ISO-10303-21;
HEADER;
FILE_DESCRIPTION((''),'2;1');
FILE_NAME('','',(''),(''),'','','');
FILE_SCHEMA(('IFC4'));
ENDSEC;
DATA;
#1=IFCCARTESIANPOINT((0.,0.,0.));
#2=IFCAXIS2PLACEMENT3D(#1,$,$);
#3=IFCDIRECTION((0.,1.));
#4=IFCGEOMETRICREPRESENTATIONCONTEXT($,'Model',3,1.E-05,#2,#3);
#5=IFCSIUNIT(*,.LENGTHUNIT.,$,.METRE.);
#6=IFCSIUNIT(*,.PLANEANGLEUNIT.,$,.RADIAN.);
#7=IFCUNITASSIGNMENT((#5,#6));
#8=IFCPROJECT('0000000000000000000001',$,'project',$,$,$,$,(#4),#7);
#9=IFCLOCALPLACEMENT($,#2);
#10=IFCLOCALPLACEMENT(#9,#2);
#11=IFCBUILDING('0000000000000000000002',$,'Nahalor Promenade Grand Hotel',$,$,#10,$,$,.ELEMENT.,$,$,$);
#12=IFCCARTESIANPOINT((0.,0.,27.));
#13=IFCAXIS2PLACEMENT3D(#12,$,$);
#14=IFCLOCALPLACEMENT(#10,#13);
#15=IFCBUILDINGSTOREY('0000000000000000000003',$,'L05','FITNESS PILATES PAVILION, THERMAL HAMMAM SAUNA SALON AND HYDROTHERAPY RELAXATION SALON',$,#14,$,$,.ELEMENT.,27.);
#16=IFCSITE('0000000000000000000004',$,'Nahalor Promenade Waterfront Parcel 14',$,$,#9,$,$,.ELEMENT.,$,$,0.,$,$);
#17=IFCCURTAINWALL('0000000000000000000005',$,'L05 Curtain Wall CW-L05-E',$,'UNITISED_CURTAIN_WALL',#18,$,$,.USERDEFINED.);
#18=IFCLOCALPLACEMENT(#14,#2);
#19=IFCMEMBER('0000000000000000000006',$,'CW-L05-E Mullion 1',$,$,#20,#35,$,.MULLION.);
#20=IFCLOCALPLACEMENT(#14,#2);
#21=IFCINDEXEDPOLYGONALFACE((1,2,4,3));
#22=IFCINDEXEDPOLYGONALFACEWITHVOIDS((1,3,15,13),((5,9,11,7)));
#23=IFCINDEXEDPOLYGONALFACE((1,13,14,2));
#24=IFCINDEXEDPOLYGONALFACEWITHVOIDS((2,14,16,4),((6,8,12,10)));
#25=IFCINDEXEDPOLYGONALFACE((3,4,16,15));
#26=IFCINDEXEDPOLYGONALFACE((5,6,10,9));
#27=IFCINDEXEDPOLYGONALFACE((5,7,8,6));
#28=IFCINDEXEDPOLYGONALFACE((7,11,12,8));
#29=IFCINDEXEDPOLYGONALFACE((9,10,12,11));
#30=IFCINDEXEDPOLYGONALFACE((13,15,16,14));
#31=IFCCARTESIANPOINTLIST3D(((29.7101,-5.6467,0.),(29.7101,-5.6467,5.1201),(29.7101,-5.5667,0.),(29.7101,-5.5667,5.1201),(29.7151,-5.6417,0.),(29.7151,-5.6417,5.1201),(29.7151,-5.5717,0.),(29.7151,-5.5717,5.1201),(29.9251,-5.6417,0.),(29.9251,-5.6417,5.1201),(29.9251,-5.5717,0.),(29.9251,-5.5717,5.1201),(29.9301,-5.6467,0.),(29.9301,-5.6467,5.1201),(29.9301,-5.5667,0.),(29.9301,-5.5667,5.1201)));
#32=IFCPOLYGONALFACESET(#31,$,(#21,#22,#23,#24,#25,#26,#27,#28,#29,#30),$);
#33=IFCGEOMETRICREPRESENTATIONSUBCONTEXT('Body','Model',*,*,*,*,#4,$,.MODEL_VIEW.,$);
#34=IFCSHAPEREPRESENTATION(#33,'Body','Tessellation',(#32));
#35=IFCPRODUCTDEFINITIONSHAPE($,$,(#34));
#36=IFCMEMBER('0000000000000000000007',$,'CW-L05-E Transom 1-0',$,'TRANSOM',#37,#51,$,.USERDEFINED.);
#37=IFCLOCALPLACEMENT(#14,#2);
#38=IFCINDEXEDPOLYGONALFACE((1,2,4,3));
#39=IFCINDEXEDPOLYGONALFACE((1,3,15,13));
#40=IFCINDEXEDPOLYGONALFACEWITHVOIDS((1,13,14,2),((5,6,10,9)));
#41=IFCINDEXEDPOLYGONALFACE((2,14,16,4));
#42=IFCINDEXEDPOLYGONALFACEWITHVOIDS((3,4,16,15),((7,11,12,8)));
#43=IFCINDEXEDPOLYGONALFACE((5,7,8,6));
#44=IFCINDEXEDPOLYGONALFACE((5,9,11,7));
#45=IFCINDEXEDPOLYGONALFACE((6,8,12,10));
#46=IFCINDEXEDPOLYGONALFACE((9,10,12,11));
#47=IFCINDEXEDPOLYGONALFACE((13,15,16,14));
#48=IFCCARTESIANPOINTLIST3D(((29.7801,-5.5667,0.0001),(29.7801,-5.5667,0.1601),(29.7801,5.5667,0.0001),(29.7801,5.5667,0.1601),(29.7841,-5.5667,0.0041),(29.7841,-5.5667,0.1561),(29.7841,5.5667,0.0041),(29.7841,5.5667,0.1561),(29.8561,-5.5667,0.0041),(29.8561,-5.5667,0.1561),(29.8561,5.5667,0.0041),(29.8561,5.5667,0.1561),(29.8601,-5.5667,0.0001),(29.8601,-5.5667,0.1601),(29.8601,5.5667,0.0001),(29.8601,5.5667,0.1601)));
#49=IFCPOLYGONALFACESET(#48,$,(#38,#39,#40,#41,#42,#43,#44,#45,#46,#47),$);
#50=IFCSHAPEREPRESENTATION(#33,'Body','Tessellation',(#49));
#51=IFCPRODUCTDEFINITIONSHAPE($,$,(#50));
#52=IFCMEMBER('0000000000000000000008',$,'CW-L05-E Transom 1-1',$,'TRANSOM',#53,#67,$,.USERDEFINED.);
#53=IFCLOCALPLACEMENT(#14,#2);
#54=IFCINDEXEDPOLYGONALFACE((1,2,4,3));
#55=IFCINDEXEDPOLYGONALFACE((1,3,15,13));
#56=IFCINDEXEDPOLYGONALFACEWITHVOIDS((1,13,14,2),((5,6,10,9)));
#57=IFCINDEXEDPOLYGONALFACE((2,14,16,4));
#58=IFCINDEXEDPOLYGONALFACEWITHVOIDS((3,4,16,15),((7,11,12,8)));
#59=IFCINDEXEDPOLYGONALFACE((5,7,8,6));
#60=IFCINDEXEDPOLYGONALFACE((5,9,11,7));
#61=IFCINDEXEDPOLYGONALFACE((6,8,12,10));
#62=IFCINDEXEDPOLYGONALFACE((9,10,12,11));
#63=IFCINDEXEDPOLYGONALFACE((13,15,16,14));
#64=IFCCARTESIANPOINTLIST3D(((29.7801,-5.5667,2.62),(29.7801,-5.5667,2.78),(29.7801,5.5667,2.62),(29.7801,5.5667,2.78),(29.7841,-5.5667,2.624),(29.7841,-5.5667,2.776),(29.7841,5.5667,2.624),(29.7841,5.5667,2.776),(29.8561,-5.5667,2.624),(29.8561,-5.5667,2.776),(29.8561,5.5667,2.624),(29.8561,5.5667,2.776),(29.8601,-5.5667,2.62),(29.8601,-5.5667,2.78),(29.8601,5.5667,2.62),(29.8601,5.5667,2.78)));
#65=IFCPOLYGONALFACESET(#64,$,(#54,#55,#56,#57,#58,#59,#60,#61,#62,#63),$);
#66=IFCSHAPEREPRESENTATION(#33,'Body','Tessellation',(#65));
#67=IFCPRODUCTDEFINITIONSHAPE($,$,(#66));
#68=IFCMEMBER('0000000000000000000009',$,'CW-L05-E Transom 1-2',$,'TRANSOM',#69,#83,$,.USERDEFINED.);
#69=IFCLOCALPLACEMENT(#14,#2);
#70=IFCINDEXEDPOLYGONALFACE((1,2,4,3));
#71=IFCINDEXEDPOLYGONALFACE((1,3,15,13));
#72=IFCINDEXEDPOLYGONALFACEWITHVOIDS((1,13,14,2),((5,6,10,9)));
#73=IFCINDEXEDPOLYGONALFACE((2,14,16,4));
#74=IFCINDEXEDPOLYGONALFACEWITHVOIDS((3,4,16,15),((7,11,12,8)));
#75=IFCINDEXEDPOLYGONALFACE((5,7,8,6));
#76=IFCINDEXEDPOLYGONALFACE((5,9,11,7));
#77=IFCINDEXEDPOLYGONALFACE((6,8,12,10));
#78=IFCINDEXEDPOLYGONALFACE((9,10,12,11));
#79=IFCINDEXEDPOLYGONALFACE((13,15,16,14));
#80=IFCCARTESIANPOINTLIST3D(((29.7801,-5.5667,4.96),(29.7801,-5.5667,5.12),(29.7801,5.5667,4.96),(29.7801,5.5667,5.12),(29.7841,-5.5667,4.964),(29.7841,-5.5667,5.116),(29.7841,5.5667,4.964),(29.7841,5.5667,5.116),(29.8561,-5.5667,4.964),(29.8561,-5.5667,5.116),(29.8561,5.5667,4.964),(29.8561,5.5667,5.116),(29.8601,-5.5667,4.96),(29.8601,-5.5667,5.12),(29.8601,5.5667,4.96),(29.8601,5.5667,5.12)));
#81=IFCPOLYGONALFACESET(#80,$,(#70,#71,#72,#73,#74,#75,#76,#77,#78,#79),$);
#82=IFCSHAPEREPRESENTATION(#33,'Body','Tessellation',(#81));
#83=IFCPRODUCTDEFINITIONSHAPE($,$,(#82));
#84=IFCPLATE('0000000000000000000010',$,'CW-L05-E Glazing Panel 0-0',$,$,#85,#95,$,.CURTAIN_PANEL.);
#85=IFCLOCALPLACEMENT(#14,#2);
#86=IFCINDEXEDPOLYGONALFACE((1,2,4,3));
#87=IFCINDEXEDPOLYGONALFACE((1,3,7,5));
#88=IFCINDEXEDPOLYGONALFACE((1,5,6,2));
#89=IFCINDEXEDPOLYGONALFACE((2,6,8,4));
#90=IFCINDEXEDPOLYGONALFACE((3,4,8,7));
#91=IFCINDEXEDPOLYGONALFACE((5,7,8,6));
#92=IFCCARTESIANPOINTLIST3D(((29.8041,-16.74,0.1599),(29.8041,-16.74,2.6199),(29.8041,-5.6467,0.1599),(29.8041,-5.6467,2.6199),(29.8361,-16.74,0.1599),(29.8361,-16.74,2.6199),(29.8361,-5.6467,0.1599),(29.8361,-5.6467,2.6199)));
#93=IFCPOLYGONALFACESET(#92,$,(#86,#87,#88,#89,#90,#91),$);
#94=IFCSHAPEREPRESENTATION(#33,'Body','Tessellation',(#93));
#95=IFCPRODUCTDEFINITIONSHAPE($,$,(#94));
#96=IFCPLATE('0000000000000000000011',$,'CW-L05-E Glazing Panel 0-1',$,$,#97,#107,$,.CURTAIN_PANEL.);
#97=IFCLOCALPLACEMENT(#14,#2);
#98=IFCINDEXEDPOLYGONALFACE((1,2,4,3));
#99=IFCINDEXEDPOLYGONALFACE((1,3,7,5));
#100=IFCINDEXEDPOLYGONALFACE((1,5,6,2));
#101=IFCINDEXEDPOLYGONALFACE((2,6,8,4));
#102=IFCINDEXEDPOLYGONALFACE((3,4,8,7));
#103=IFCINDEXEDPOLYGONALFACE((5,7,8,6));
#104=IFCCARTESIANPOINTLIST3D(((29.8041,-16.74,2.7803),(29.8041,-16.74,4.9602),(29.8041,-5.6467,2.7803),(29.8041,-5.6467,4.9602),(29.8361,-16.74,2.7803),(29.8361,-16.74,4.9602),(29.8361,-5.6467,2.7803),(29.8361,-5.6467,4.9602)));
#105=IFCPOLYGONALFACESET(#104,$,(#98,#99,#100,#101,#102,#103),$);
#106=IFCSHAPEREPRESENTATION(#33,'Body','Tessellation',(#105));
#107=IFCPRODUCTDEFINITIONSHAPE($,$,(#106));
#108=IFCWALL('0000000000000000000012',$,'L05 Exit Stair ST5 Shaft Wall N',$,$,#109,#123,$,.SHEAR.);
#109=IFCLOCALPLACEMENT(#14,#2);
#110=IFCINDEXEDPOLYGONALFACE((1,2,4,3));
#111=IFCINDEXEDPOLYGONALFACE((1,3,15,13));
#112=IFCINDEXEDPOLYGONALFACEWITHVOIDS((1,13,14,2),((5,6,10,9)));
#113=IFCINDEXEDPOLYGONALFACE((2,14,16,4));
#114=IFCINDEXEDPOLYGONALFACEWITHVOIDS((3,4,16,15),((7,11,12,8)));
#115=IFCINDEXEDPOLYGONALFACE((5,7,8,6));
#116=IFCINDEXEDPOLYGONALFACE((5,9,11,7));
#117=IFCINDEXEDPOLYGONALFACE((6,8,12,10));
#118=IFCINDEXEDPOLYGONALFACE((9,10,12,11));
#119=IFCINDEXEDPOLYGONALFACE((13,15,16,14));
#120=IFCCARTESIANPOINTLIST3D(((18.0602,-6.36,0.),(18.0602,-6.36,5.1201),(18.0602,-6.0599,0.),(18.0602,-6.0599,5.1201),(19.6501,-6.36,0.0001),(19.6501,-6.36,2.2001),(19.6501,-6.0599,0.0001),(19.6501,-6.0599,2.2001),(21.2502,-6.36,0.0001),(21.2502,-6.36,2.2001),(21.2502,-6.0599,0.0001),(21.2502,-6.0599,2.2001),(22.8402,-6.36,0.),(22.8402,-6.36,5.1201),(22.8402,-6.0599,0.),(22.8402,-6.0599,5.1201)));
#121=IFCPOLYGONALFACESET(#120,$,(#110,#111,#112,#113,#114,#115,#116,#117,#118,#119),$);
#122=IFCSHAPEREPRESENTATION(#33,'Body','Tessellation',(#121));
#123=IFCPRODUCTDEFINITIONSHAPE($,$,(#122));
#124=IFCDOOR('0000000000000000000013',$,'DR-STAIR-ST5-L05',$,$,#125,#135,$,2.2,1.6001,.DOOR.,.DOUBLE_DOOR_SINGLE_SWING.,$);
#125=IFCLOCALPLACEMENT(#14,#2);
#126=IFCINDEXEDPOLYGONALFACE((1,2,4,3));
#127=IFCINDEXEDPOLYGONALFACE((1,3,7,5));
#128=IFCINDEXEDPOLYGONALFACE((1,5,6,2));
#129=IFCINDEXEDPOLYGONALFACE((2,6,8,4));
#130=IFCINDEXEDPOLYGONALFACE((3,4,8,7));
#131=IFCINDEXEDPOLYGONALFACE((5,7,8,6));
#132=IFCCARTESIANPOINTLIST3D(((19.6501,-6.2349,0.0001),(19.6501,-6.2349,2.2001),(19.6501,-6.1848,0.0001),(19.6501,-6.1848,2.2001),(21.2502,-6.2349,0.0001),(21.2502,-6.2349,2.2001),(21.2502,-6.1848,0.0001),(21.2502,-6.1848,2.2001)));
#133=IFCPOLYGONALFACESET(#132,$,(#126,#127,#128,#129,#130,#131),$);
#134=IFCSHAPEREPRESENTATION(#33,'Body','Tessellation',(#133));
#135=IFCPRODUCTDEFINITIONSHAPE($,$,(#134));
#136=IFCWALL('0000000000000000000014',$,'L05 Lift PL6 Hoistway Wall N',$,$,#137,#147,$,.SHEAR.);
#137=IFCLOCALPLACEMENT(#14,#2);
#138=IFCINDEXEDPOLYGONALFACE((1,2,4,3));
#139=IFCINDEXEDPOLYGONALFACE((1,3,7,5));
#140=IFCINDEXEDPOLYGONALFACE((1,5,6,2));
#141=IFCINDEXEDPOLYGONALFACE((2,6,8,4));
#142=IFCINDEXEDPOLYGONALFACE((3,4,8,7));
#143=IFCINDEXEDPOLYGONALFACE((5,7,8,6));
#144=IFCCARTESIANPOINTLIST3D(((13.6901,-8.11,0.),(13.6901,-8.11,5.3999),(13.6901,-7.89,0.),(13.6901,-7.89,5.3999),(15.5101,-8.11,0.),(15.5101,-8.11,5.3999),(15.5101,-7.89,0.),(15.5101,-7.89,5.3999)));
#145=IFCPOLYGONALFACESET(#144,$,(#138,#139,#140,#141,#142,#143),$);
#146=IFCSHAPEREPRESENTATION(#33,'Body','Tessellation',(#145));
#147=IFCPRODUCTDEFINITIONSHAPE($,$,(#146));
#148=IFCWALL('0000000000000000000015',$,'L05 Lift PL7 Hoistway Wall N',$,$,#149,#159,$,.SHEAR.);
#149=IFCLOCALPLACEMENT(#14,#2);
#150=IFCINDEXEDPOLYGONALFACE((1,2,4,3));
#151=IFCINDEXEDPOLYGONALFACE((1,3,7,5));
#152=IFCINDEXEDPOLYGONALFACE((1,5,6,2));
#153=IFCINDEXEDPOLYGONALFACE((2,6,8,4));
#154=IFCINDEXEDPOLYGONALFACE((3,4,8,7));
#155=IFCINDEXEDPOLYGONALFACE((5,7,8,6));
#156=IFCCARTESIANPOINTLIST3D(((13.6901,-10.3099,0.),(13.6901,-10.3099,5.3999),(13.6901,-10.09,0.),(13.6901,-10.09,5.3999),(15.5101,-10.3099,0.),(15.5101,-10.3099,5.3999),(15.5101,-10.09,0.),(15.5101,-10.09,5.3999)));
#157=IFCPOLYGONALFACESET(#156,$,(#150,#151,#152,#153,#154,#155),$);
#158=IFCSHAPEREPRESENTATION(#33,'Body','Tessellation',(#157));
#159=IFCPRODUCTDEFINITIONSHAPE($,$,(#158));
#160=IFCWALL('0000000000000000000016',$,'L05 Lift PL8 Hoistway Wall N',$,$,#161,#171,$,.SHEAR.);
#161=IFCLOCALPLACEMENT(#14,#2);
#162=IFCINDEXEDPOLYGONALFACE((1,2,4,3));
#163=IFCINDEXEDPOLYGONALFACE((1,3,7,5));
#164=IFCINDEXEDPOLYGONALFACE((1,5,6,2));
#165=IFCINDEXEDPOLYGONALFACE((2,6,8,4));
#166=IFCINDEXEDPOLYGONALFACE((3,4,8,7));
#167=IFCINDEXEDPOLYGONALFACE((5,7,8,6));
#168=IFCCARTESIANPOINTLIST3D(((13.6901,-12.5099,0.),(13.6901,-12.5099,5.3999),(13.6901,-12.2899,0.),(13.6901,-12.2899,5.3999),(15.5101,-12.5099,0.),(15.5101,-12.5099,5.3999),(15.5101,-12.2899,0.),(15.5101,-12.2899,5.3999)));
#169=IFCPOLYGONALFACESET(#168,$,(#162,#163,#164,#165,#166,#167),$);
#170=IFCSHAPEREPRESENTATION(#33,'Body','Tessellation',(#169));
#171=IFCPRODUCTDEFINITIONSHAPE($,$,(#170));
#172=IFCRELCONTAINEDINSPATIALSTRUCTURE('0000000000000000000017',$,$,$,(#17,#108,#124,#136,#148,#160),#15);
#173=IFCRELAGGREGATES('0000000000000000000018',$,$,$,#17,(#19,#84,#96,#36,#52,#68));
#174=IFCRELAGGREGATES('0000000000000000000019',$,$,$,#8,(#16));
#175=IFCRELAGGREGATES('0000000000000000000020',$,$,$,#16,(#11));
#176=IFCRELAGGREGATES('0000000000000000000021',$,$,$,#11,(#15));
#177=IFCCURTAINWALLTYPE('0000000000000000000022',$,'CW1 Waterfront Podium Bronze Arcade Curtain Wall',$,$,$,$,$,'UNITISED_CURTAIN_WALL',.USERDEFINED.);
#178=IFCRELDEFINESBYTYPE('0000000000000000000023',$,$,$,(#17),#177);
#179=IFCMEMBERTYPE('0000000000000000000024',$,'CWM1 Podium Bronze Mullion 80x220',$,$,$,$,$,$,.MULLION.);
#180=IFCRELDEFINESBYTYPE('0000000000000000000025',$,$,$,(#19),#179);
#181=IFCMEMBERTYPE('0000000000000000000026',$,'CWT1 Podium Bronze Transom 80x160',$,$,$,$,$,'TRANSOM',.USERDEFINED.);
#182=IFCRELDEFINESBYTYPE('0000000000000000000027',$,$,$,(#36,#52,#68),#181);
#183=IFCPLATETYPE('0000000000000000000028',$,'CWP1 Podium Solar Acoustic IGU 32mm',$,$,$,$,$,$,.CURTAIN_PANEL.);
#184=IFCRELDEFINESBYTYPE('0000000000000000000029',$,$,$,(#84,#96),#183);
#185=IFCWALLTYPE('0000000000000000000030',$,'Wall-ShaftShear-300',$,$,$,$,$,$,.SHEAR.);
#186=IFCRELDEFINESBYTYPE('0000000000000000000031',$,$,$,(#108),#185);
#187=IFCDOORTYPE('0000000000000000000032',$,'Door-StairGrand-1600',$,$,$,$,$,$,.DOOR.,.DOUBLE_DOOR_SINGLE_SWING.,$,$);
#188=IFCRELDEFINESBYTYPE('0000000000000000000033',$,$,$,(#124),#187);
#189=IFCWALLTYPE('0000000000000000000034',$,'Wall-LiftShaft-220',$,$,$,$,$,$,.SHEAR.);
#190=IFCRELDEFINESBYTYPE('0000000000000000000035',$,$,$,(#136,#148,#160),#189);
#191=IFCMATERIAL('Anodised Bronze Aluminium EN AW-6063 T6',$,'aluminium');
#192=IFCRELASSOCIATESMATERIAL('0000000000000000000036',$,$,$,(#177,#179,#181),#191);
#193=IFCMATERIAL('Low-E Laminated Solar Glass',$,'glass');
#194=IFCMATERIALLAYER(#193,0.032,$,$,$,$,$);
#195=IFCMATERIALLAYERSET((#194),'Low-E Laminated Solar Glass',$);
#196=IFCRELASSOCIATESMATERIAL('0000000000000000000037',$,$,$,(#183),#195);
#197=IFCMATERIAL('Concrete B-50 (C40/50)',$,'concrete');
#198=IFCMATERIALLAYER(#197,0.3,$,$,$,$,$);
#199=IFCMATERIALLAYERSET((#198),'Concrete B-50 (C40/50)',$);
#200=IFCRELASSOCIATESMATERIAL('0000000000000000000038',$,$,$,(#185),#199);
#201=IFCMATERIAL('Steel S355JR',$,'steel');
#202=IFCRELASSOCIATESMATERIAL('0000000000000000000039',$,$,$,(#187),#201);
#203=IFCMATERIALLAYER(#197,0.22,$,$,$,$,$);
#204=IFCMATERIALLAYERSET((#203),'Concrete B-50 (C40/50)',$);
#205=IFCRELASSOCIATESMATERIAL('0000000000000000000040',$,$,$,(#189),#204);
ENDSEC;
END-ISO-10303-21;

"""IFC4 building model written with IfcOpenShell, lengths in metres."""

from ifc_helpers import new_model, si_unit, direction, frame, frame_2d, origin, origin_2d, place, context, subcontext, project, spatial, rectangle, hollow_rectangle, extrude, source, transform, mapped, material, layer, layer_set, material_profile, profile_set, type_object, element, fill, aggregate, save


model = new_model("IFC4")

# Units and contexts
model_context = context("Model", 3, precision=1e-05, world=origin(), true_north=direction((0.0, 1.0)))
body_context = subcontext(model_context, "Body", "Model", "MODEL_VIEW")
ifc_project = project(units=[si_unit("LENGTHUNIT", "METRE"), si_unit("PLANEANGLEUNIT", "RADIAN")], contexts=[model_context])

# Site, building, storey
site_placement = place(None, origin())
site = spatial("IfcSite", under=ifc_project, at=site_placement, Name="Nahalor Promenade Waterfront Parcel 14", CompositionType="ELEMENT", RefElevation=0.0)
building_placement = place(site_placement, origin())
building = spatial("IfcBuilding", under=site, at=building_placement, Name="Nahalor Promenade Grand Hotel", CompositionType="ELEMENT")
storey_placement = place(building_placement, frame((0.0, 0.0, 27.0)))
storey = spatial("IfcBuildingStorey", under=building, at=storey_placement, Name="L05", Description="FITNESS PILATES PAVILION, THERMAL HAMMAM SAUNA SALON AND HYDROTHERAPY RELAXATION SALON", CompositionType="ELEMENT", Elevation=27.0)

# Shared definitions
ifc_material_1 = material(Name="Steel S355JR", Category="steel")

# Curtain wall, members, plates
ifc_material_2 = material(Name="Anodised Bronze Aluminium EN AW-6063 T6", Category="aluminium")
curtain_wall_type = type_object("IfcCurtainWallType", Name="CW1 Waterfront Podium Bronze Arcade Curtain Wall", ElementType="UNITISED_CURTAIN_WALL", PredefinedType="USERDEFINED", material=ifc_material_2)
curtain_wall_placement = place(storey_placement, origin())
curtain_wall = element("IfcCurtainWall", 1, at=curtain_wall_placement, inside=storey, type_object=curtain_wall_type, Name="L05 Curtain Wall CW-L05-E", ObjectType="UNITISED_CURTAIN_WALL", PredefinedType="USERDEFINED")
ifc_material_profile_1 = material_profile(ifc_material_2, hollow_rectangle(XDim=0.08, YDim=0.22, WallThickness=0.005, at=origin_2d()), Name="CWM 80x220x5")
ifc_profile_set_1 = profile_set([ifc_material_profile_1], Name="Anodised Bronze Aluminium EN AW-6063 T6")
member_type_1 = type_object("IfcMemberType", Name="CWM1 Podium Bronze Mullion 80x220", PredefinedType="MULLION", material=ifc_profile_set_1)
shared_shape_1 = source(origin(), body_context, "Body", "SweptSolid", [
    extrude(hollow_rectangle(XDim=0.08, YDim=0.22, WallThickness=0.005, at=origin_2d()), origin(), (0.0, 0.0, 1.0), 5.1201),
])
member_1_placement = place(storey_placement, frame((29.8201, -5.6067, 0.0), z_axis=(0.0, 0.0, 1.0), x_axis=(0.0, 1.0, 0.0)))
member_1 = element("IfcMember", 2, at=member_1_placement, type_object=member_type_1, Name="CW-L05-E Mullion 1", PredefinedType="MULLION", context=body_context, shape_type="MappedRepresentation", body=[
    mapped(shared_shape_1, transform((0.0, 0.0, 0.0), scale=1.0)),
])
ifc_material_profile_2 = material_profile(ifc_material_2, hollow_rectangle(XDim=0.08, YDim=0.16, WallThickness=0.004, at=origin_2d()), Name="CWT 80x160x4")
ifc_profile_set_2 = profile_set([ifc_material_profile_2], Name="Anodised Bronze Aluminium EN AW-6063 T6")
member_type_2 = type_object("IfcMemberType", Name="CWT1 Podium Bronze Transom 80x160", ElementType="TRANSOM", PredefinedType="USERDEFINED", material=ifc_profile_set_2)
shared_shape_2 = source(origin(), body_context, "Body", "SweptSolid", [
    extrude(hollow_rectangle(XDim=0.08, YDim=0.16, WallThickness=0.004, at=origin_2d()), origin(), (0.0, 0.0, 1.0), 11.1333),
])
member_2_placement = place(storey_placement, frame((29.8201, -5.5667, 0.0801), z_axis=(0.0, 1.0, 0.0), x_axis=(-1.0, 0.0, 0.0)))
member_2 = element("IfcMember", 3, at=member_2_placement, type_object=member_type_2, Name="CW-L05-E Transom 1-0", ObjectType="TRANSOM", PredefinedType="USERDEFINED", context=body_context, shape_type="MappedRepresentation", body=[
    mapped(shared_shape_2, transform((0.0, 0.0, 0.0), scale=1.0)),
])
member_3_placement = place(storey_placement, frame((29.8201, -5.5667, 2.7), z_axis=(0.0, 1.0, 0.0), x_axis=(-1.0, 0.0, 0.0)))
member_3 = element("IfcMember", 4, at=member_3_placement, type_object=member_type_2, Name="CW-L05-E Transom 1-1", ObjectType="TRANSOM", PredefinedType="USERDEFINED", context=body_context, shape_type="MappedRepresentation", body=[
    mapped(shared_shape_2, transform((0.0, 0.0, 0.0), scale=1.0)),
])
member_4_placement = place(storey_placement, frame((29.8201, -5.5667, 5.04), z_axis=(0.0, 1.0, 0.0), x_axis=(-1.0, 0.0, 0.0)))
member_4 = element("IfcMember", 5, at=member_4_placement, type_object=member_type_2, Name="CW-L05-E Transom 1-2", ObjectType="TRANSOM", PredefinedType="USERDEFINED", context=body_context, shape_type="MappedRepresentation", body=[
    mapped(shared_shape_2, transform((0.0, 0.0, 0.0), scale=1.0)),
])
ifc_material_3 = material(Name="Low-E Laminated Solar Glass", Category="glass")
ifc_layer_1 = layer(ifc_material_3, 0.032)
ifc_layer_set_1 = layer_set([ifc_layer_1], Name="Low-E Laminated Solar Glass")
plate_type = type_object("IfcPlateType", Name="CWP1 Podium Solar Acoustic IGU 32mm", PredefinedType="CURTAIN_PANEL", material=ifc_layer_set_1)
shared_shape_3 = source(origin(), body_context, "Body", "SweptSolid", [
    extrude(rectangle(XDim=11.0933, YDim=0.032, at=origin_2d()), origin(), (0.0, 0.0, 1.0), 2.46),
])
plate_1_placement = place(storey_placement, frame((29.8201, -11.1934, 0.1599), z_axis=(0.0, 0.0, 1.0), x_axis=(0.0, 1.0, 0.0)))
plate_1 = element("IfcPlate", 6, at=plate_1_placement, type_object=plate_type, Name="CW-L05-E Glazing Panel 0-0", PredefinedType="CURTAIN_PANEL", context=body_context, shape_type="MappedRepresentation", body=[
    mapped(shared_shape_3, transform((0.0, 0.0, 0.0), scale=1.0)),
])
shared_shape_4 = source(origin(), body_context, "Body", "SweptSolid", [
    extrude(rectangle(XDim=11.0933, YDim=0.032, at=origin_2d()), origin(), (0.0, 0.0, 1.0), 2.1799),
])
plate_2_placement = place(storey_placement, frame((29.8201, -11.1934, 2.7803), z_axis=(0.0, 0.0, 1.0), x_axis=(0.0, 1.0, 0.0)))
plate_2 = element("IfcPlate", 7, at=plate_2_placement, type_object=plate_type, Name="CW-L05-E Glazing Panel 0-1", PredefinedType="CURTAIN_PANEL", context=body_context, shape_type="MappedRepresentation", body=[
    mapped(shared_shape_4, transform((0.0, 0.0, 0.0), scale=1.0)),
])
aggregate(curtain_wall, [member_1, plate_1, plate_2, member_2, member_3, member_4])

# Wall, opening, door
ifc_material_4 = material(Name="Concrete B-50 (C40/50)", Category="concrete")
ifc_layer_2 = layer(ifc_material_4, 0.3)
ifc_layer_set_2 = layer_set([ifc_layer_2], Name="Concrete B-50 (C40/50)")
wall_type_1 = type_object("IfcWallType", Name="Wall-ShaftShear-300", PredefinedType="SHEAR", material=ifc_layer_set_2)
shared_shape_5 = source(origin(), body_context, "Body", "SweptSolid", [
    extrude(rectangle(XDim=4.78, YDim=0.3, at=frame_2d((2.3901, 0.0))), origin(), (0.0, 0.0, 1.0), 5.1201),
])
wall_1_placement = place(storey_placement, frame((18.0601, -6.21, 0.0), z_axis=(0.0, 0.0, 1.0), x_axis=(1.0, 0.0, 0.0)))
wall_1 = element("IfcWall", 8, at=wall_1_placement, inside=storey, type_object=wall_type_1, Name="L05 Exit Stair ST5 Shaft Wall N", PredefinedType="SHEAR", context=body_context, shape_type="MappedRepresentation", body=[
    mapped(shared_shape_5, transform((0.0, 0.0, 0.0), scale=1.0)),
])
opening_placement = place(wall_1_placement, frame((1.5901, 0.0, 0.0)))
opening = element("IfcOpeningElement", 9, at=opening_placement, cuts=wall_1, PredefinedType="OPENING", context=body_context, shape_type="SweptSolid", body=[
    extrude(rectangle(XDim=1.6001, YDim=2.2, at=frame_2d((0.8, 1.1001))), frame((0.0, 0.1599, 0.0), z_axis=(0.0, -1.0, 0.0), x_axis=(1.0, 0.0, 0.0)), (0.0, 0.0, 1.0), 0.3201),
])
door_type = type_object("IfcDoorType", Name="Door-StairGrand-1600", OperationType="DOUBLE_DOOR_SINGLE_SWING", PredefinedType="DOOR", material=ifc_material_1)
shared_shape_6 = source(origin(), body_context, "Body", "SweptSolid", [
    extrude(rectangle(XDim=1.6001, YDim=2.2, at=frame_2d((0.8, 1.1001))), frame((0.0, 0.0249, 0.0), z_axis=(0.0, -1.0, 0.0), x_axis=(1.0, 0.0, 0.0)), (0.0, 0.0, 1.0), 0.05),
])
door_placement = place(opening_placement, frame((1.6001, 0.0, 0.0), z_axis=(0.0, 0.0, 1.0), x_axis=(-1.0, 0.0, 0.0)))
door = element("IfcDoor", 10, at=door_placement, inside=storey, type_object=door_type, Name="DR-STAIR-ST5-L05", OperationType="DOUBLE_DOOR_SINGLE_SWING", OverallHeight=2.2, OverallWidth=1.6001, PredefinedType="DOOR", context=body_context, shape_type="MappedRepresentation", body=[
    mapped(shared_shape_6, transform((0.0, 0.0, 0.0), scale=1.0)),
])
fill(opening, door)

# Walls
ifc_layer_3 = layer(ifc_material_4, 0.22)
ifc_layer_set_3 = layer_set([ifc_layer_3], Name="Concrete B-50 (C40/50)")
wall_type_2 = type_object("IfcWallType", Name="Wall-LiftShaft-220", PredefinedType="SHEAR", material=ifc_layer_set_3)
shared_shape_7 = source(origin(), body_context, "Body", "SweptSolid", [
    extrude(rectangle(XDim=1.8201, YDim=0.22, at=frame_2d((0.9102, 0.0))), origin(), (0.0, 0.0, 1.0), 5.3999),
])
for number, where, z_axis, x_axis, name in (
    (11, (13.6899, -8.0, 0.0), (0.0, 0.0, 1.0), (1.0, 0.0, 0.0), "L05 Lift PL6 Hoistway Wall N"),
    (12, (13.6899, -10.2, 0.0), (0.0, 0.0, 1.0), (1.0, 0.0, 0.0), "L05 Lift PL7 Hoistway Wall N"),
    (13, (13.6899, -12.3999, 0.0), (0.0, 0.0, 1.0), (1.0, 0.0, 0.0), "L05 Lift PL8 Hoistway Wall N"),
):
    element("IfcWall", number, at=place(storey_placement, frame(where, z_axis=z_axis, x_axis=x_axis)), inside=storey, type_object=wall_type_2, Name=name, PredefinedType="SHEAR", context=body_context, shape_type="MappedRepresentation", body=[
        mapped(shared_shape_7, transform((0.0, 0.0, 0.0), scale=1.0)),
    ])

save(model, "model.ifc")
